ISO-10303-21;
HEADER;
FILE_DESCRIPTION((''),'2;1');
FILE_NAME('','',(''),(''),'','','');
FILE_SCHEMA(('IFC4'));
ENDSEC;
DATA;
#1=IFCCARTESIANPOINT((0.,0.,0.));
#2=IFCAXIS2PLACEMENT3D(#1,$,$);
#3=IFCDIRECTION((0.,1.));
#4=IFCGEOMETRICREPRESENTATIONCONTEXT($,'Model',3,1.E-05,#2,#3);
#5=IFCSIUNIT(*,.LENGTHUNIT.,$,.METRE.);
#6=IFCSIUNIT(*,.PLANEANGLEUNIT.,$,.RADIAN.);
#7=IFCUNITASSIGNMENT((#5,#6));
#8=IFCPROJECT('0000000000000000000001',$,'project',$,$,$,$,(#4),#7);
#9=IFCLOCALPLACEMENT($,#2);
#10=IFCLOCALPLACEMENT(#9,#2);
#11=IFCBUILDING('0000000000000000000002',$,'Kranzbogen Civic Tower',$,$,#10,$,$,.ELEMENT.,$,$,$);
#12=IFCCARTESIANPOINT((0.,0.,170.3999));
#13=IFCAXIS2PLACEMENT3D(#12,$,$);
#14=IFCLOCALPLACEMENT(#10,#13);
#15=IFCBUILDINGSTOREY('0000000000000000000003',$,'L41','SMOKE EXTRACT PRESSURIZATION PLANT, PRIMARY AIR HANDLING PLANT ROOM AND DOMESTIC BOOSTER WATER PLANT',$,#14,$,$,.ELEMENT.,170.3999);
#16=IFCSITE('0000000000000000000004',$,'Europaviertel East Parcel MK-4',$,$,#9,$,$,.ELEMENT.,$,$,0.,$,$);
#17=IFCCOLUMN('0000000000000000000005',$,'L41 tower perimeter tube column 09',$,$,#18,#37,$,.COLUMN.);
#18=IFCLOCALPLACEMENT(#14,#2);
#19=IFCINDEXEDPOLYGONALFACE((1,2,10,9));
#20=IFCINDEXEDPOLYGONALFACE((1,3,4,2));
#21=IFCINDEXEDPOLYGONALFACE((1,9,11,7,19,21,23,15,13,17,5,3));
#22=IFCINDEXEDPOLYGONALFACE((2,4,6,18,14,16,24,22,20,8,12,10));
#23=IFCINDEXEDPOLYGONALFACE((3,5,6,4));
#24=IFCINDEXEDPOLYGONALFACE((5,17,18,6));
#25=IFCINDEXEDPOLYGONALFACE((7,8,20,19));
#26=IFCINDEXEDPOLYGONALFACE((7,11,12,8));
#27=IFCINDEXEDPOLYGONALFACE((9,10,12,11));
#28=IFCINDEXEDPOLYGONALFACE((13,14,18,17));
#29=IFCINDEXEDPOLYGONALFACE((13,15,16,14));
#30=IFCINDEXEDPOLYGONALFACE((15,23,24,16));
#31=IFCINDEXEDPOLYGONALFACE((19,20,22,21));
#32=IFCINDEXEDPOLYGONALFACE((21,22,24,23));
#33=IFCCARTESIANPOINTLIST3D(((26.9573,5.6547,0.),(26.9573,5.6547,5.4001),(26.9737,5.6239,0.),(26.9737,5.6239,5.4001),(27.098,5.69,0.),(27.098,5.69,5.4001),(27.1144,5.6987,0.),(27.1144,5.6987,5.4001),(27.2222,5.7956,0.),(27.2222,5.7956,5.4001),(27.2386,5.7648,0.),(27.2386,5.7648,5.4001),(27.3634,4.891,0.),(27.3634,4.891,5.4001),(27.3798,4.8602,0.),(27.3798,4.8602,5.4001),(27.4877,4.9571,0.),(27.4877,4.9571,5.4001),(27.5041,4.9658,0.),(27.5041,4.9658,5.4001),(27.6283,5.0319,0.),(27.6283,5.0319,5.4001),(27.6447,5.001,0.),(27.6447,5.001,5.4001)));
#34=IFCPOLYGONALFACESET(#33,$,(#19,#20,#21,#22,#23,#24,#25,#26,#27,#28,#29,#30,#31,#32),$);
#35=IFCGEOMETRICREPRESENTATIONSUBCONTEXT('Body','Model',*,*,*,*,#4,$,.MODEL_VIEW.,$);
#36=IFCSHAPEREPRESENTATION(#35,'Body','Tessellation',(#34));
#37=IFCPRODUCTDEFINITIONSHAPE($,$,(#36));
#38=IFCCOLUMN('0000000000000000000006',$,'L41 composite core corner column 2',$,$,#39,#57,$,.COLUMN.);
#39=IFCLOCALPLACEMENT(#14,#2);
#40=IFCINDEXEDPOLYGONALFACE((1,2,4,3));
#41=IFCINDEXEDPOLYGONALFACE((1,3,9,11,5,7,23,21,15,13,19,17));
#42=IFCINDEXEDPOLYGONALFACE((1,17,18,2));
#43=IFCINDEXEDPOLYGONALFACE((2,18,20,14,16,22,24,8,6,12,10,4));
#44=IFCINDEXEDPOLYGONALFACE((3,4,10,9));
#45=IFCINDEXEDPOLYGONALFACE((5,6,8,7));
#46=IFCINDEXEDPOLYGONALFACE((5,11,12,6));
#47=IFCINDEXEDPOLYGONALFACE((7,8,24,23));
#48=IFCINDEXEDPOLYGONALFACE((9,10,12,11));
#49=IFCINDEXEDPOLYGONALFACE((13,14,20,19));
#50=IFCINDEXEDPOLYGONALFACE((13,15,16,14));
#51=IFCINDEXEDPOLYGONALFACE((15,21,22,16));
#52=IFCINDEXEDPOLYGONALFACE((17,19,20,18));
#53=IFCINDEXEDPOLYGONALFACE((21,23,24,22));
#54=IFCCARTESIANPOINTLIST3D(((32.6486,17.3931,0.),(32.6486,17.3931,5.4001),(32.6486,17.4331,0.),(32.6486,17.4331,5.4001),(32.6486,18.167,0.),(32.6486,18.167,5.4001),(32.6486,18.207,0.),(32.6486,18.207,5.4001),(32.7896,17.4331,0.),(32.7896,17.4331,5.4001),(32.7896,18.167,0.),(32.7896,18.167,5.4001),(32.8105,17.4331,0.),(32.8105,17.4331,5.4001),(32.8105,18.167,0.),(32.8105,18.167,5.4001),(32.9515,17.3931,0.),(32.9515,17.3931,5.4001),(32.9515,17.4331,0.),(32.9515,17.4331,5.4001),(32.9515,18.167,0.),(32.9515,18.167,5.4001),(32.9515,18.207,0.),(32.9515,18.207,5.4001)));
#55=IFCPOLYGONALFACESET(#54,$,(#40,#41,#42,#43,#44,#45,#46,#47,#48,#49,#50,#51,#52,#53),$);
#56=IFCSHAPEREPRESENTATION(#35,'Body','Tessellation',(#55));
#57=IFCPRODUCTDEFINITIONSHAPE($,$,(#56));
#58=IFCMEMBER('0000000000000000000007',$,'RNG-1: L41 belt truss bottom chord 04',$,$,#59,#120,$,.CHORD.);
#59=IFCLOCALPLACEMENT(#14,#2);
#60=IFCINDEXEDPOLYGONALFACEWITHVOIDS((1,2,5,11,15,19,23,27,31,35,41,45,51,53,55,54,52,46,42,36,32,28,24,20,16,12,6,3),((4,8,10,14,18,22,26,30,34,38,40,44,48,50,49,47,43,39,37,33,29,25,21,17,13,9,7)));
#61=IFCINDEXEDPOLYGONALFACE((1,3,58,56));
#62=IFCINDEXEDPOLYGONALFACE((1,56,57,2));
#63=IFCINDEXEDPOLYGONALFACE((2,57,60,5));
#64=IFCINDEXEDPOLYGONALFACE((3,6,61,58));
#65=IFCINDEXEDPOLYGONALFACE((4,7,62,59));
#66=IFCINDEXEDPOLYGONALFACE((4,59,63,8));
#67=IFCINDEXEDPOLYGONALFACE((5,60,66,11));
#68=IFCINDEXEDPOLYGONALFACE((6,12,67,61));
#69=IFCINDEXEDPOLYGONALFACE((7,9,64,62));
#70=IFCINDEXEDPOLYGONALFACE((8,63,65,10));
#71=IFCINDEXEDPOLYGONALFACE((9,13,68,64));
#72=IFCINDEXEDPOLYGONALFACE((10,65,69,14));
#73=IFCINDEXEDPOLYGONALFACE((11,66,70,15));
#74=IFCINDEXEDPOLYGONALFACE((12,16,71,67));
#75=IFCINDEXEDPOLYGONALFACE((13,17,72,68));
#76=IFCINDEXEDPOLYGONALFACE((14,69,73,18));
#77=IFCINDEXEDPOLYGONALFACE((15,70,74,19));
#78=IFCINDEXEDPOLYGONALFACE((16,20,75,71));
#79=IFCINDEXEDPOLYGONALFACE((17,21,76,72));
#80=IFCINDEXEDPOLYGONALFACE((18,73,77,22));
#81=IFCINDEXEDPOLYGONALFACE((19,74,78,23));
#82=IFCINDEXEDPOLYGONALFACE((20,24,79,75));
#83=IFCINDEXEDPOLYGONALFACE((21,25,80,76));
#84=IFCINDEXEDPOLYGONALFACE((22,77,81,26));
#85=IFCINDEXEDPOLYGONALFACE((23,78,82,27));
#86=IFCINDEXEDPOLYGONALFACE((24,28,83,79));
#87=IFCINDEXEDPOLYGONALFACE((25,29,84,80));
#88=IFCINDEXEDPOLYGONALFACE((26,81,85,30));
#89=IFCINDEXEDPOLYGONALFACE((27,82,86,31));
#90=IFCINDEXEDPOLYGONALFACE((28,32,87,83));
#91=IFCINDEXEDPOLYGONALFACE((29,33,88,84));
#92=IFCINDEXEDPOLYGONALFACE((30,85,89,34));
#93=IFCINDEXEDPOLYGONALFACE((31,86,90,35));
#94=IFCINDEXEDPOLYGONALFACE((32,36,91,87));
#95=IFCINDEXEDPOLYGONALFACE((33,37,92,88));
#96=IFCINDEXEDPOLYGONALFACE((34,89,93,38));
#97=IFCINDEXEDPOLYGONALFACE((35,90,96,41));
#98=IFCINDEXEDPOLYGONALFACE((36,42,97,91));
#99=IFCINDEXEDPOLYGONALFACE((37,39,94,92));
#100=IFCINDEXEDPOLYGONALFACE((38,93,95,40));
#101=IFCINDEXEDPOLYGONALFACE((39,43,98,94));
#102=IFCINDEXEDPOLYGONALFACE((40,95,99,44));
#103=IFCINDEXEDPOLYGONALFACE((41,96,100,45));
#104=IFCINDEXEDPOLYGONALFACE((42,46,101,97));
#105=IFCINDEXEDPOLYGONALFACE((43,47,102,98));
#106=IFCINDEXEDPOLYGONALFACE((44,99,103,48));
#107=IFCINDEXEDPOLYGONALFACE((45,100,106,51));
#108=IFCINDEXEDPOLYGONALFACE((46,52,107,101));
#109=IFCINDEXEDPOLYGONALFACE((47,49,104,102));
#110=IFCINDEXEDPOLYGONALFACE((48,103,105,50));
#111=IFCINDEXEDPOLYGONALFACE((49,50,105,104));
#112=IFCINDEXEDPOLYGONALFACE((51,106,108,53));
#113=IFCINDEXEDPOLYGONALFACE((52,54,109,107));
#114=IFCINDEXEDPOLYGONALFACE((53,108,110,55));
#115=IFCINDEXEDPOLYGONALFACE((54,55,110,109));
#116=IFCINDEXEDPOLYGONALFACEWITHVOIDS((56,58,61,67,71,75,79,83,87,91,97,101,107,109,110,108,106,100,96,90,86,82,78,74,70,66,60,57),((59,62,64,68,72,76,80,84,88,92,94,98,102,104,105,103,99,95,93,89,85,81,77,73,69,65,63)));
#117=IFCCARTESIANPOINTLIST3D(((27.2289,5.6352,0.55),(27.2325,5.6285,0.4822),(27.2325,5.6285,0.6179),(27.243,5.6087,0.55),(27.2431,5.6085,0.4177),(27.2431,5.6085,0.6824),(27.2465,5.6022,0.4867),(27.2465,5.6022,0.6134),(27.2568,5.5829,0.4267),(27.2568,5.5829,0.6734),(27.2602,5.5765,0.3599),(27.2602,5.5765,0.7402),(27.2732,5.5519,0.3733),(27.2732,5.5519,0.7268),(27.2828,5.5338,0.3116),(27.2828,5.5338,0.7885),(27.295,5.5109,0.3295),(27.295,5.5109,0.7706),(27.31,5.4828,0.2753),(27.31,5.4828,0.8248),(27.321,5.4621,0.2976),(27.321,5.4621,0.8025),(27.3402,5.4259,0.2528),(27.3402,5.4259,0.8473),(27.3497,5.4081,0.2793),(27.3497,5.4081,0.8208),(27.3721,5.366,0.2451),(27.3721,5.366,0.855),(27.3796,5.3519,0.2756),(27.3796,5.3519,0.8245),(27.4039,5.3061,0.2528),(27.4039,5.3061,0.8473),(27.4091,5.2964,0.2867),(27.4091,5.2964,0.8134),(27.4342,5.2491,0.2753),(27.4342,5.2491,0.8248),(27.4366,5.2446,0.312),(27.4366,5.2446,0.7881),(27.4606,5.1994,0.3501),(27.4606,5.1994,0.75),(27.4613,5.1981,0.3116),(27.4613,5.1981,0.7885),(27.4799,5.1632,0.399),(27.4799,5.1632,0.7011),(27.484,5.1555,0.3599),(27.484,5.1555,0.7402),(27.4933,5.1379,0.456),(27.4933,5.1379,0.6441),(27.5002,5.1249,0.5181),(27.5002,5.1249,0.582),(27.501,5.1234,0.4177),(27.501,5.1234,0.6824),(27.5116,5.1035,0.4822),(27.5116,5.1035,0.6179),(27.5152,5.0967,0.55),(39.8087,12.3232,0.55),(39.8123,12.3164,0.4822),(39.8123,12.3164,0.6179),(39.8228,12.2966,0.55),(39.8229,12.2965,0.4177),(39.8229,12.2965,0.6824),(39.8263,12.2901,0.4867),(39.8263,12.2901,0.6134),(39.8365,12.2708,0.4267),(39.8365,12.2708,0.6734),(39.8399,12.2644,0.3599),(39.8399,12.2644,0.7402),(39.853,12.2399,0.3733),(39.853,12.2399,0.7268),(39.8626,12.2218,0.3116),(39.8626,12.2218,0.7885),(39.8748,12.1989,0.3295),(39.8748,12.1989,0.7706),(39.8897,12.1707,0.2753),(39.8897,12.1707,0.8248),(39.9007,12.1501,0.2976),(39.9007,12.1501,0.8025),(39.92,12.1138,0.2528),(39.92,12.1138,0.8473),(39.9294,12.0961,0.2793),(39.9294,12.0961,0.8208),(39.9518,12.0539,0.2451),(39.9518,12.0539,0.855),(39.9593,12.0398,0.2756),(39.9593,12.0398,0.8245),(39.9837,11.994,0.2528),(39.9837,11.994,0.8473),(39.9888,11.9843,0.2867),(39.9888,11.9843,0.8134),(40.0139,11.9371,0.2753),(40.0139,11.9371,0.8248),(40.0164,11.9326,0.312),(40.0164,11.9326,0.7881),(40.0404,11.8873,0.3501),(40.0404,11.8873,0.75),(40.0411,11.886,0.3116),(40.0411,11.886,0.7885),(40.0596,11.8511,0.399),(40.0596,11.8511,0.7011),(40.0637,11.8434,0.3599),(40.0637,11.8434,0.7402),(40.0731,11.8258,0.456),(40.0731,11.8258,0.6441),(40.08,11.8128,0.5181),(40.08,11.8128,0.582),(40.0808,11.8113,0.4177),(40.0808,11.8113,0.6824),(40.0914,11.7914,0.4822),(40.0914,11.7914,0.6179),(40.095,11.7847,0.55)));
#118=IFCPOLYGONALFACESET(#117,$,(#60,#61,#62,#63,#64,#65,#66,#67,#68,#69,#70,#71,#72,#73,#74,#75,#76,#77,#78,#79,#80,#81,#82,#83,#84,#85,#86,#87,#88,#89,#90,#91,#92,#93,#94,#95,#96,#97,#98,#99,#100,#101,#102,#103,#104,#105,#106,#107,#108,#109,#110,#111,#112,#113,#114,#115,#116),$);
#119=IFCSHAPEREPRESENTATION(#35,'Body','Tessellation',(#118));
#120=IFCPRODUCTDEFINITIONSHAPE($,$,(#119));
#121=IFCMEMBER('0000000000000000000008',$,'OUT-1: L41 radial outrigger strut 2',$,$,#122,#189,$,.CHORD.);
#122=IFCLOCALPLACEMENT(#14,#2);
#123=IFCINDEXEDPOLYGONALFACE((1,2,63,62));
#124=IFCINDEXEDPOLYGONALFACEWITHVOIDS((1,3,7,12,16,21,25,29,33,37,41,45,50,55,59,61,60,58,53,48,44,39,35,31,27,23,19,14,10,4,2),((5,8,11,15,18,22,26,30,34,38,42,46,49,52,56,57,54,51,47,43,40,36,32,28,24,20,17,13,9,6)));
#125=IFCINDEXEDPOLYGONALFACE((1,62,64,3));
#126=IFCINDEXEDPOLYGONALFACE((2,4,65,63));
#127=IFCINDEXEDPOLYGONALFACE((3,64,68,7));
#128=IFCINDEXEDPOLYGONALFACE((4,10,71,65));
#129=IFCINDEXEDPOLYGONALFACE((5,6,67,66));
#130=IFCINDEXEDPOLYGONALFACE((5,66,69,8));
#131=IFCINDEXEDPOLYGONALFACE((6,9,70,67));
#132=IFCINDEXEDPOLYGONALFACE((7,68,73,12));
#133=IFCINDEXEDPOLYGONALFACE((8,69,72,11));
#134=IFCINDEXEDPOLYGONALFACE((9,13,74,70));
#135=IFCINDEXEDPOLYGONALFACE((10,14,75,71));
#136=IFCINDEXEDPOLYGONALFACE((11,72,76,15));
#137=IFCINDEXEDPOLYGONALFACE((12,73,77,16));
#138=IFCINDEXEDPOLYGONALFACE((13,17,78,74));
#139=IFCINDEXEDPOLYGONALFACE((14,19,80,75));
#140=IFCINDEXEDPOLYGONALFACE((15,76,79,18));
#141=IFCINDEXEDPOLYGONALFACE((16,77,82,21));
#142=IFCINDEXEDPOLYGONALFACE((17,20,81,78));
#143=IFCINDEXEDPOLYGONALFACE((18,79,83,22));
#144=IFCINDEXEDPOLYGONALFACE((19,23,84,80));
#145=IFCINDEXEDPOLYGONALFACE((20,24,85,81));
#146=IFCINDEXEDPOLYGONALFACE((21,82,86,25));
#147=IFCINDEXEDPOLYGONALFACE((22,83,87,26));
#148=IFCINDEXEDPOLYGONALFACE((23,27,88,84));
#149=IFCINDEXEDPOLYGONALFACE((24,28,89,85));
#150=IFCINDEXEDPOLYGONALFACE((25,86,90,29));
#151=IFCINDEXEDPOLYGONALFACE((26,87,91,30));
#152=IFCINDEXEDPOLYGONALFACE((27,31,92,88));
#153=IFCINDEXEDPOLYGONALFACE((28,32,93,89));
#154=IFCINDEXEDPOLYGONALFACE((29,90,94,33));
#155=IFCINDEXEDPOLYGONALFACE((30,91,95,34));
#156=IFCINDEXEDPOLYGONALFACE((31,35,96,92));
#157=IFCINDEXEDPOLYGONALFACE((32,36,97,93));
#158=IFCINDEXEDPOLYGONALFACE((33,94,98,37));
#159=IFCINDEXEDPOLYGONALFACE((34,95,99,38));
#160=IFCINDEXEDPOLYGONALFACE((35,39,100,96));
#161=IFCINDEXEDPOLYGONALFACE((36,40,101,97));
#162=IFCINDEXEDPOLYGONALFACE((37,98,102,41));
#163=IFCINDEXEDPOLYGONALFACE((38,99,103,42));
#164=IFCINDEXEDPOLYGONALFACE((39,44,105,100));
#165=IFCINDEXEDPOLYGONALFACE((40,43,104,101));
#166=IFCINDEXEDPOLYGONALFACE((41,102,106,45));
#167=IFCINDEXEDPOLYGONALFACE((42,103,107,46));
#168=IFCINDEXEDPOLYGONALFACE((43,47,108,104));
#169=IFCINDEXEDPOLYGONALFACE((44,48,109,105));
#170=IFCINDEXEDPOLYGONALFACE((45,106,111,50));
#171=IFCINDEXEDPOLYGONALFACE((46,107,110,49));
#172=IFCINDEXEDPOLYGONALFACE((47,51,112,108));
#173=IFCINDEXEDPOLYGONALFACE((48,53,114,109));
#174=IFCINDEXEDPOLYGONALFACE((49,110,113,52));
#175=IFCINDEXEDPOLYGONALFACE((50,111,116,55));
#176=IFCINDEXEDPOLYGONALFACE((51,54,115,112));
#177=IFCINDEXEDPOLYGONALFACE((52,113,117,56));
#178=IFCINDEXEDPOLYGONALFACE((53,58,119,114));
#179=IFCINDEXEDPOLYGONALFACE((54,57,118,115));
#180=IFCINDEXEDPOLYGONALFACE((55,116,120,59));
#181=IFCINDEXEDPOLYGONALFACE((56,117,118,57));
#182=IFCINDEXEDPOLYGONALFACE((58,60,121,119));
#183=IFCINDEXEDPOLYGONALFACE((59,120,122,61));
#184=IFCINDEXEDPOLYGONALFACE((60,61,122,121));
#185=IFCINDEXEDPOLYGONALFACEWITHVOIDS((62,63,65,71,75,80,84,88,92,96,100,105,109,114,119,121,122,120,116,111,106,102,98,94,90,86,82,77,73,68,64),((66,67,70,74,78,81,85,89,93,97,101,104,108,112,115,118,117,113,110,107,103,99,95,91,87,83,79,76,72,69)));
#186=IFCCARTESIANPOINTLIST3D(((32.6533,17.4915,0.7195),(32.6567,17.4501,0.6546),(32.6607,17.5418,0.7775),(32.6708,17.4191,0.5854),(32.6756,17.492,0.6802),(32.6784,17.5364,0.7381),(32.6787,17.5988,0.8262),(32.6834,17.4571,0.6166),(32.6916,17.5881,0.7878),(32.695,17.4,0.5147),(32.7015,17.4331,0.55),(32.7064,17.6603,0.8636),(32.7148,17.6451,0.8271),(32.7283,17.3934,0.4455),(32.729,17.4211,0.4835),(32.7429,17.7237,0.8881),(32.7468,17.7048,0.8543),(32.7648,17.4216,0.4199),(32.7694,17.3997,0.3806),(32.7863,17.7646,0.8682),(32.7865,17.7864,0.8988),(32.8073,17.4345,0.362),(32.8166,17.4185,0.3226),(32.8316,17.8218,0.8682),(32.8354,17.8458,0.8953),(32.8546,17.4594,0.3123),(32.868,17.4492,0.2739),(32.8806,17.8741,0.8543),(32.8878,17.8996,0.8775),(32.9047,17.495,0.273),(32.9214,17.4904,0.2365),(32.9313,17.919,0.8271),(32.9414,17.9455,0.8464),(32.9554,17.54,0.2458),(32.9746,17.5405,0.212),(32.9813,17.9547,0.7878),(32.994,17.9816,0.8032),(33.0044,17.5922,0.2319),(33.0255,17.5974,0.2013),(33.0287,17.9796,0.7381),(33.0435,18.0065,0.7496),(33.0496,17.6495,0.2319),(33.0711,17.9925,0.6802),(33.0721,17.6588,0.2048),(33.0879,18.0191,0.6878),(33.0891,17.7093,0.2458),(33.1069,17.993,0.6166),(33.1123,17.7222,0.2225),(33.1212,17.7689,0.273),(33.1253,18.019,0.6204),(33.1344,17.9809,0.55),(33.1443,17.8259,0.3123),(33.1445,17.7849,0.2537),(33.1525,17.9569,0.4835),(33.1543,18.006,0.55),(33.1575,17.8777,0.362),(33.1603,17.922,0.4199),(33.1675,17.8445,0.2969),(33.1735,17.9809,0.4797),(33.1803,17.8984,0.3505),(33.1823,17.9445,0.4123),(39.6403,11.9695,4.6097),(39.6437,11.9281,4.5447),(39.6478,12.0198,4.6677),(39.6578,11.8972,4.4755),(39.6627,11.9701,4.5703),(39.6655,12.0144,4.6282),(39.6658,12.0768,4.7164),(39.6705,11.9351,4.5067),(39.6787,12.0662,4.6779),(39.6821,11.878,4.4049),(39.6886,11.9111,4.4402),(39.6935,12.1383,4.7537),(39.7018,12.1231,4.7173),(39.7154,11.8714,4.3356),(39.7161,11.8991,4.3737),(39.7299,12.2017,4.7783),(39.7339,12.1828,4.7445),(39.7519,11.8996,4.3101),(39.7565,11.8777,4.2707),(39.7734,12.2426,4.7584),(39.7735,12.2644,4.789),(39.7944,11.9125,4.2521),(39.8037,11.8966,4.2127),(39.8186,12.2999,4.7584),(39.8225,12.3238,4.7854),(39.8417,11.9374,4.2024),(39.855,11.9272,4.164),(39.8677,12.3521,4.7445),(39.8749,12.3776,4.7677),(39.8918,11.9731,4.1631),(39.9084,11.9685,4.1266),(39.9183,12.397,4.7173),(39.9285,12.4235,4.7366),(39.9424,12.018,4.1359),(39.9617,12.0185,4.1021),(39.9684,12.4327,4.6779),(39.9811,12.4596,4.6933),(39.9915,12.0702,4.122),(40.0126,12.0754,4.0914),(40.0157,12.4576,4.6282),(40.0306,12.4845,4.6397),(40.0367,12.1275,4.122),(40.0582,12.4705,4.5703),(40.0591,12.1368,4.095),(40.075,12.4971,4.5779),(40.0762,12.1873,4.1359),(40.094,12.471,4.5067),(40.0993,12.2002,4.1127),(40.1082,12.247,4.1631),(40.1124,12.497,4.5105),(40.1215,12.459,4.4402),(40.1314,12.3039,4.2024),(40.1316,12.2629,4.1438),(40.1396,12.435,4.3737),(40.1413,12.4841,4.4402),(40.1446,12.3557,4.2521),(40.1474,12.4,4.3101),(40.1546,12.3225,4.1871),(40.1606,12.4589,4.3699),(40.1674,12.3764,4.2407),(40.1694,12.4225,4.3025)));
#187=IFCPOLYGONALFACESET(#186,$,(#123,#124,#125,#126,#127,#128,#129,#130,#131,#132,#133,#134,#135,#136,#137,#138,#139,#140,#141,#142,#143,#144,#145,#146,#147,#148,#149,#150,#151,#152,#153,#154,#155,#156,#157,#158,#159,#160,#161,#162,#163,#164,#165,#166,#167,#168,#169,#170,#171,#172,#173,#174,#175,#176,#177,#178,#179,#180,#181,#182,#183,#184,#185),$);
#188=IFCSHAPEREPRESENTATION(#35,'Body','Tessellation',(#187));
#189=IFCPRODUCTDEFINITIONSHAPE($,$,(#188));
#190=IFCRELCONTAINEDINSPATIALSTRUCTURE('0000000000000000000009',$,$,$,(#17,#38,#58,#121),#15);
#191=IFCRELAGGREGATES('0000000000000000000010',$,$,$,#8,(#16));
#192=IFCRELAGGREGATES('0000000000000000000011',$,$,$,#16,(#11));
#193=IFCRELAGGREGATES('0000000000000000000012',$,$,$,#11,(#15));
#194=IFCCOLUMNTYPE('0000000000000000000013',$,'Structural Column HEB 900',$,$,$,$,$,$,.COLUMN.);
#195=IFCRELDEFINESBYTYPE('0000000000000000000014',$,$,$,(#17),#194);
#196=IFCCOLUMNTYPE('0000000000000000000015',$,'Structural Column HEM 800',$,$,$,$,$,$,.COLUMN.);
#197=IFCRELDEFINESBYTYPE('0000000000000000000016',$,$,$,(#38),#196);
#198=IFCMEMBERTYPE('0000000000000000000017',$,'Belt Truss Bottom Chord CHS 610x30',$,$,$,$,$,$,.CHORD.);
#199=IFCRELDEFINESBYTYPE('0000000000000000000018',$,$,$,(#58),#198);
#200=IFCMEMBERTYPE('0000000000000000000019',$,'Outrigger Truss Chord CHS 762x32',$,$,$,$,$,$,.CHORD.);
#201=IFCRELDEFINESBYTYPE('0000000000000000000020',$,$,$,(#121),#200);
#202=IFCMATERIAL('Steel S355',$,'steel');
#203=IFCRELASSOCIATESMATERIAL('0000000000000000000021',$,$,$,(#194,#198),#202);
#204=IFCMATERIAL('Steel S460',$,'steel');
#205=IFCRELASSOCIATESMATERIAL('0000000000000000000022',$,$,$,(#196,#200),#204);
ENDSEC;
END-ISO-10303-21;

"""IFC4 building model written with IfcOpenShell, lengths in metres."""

from ifc_helpers import new_model, si_unit, direction, frame, origin, origin_2d, place, context, subcontext, project, spatial, hollow_circle, i_section, extrude, material, material_profile, profile_set, type_object, element, save


model = new_model("IFC4")

# Units and contexts
model_context = context("Model", 3, precision=1e-05, world=origin(), true_north=direction((0.0, 1.0)))
body_context = subcontext(model_context, "Body", "Model", "MODEL_VIEW")
ifc_project = project(units=[si_unit("LENGTHUNIT", "METRE"), si_unit("PLANEANGLEUNIT", "RADIAN")], contexts=[model_context])

# Site, building, storey
site_placement = place(None, origin())
site = spatial("IfcSite", under=ifc_project, at=site_placement, Name="Europaviertel East Parcel MK-4", CompositionType="ELEMENT", RefElevation=0.0)
building_placement = place(site_placement, origin())
building = spatial("IfcBuilding", under=site, at=building_placement, Name="Kranzbogen Civic Tower", CompositionType="ELEMENT")
storey_placement = place(building_placement, frame((0.0, 0.0, 170.3999)))
storey = spatial("IfcBuildingStorey", under=building, at=storey_placement, Name="L41", Description="SMOKE EXTRACT PRESSURIZATION PLANT, PRIMARY AIR HANDLING PLANT ROOM AND DOMESTIC BOOSTER WATER PLANT", CompositionType="ELEMENT", Elevation=170.3999)

# Columns
ifc_material_1 = material(Name="Steel S355", Category="steel")
ifc_material_profile_1 = material_profile(ifc_material_1, i_section(OverallWidth=0.3, OverallDepth=0.8999, WebThickness=0.0186, FlangeThickness=0.0349, at=origin_2d()), Name="HEB 900")
ifc_profile_set_1 = profile_set([ifc_material_profile_1], Name="Steel S355")
column_type_1 = type_object("IfcColumnType", Name="Structural Column HEB 900", PredefinedType="COLUMN", material=ifc_profile_set_1)
column_1_placement = place(storey_placement, frame((27.301, 5.3279, 0.0), z_axis=(0.0, 0.0, 1.0), x_axis=(0.882948, 0.469472, 0.0)))
element("IfcColumn", 1, at=column_1_placement, inside=storey, type_object=column_type_1, Name="L41 tower perimeter tube column 09", PredefinedType="COLUMN", context=body_context, shape_type="SweptSolid", body=[
    extrude(i_section(OverallWidth=0.3, OverallDepth=0.8999, WebThickness=0.0186, FlangeThickness=0.0349, at=origin_2d()), origin(), (0.0, 0.0, 1.0), 5.4001),
])
ifc_material_2 = material(Name="Steel S460", Category="steel")
ifc_material_profile_2 = material_profile(ifc_material_2, i_section(OverallWidth=0.303, OverallDepth=0.814, WebThickness=0.021, FlangeThickness=0.04, at=origin_2d()), Name="HEM 800")
ifc_profile_set_2 = profile_set([ifc_material_profile_2], Name="Steel S460")
column_type_2 = type_object("IfcColumnType", Name="Structural Column HEM 800", PredefinedType="COLUMN", material=ifc_profile_set_2)
column_2_placement = place(storey_placement, frame((32.8, 17.8, 0.0), z_axis=(0.0, 0.0, 1.0), x_axis=(1.0, 0.0, 0.0)))
element("IfcColumn", 2, at=column_2_placement, inside=storey, type_object=column_type_2, Name="L41 composite core corner column 2", PredefinedType="COLUMN", context=body_context, shape_type="SweptSolid", body=[
    extrude(i_section(OverallWidth=0.303, OverallDepth=0.814, WebThickness=0.021, FlangeThickness=0.04, at=origin_2d()), origin(), (0.0, 0.0, 1.0), 5.4001),
])

# Members
ifc_material_profile_3 = material_profile(ifc_material_1, hollow_circle(Radius=0.3049, WallThickness=0.03, at=origin_2d()), Name="CHS 610x30")
ifc_profile_set_3 = profile_set([ifc_material_profile_3], Name="Steel S355")
member_type_1 = type_object("IfcMemberType", Name="Belt Truss Bottom Chord CHS 610x30", PredefinedType="CHORD", material=ifc_profile_set_3)
member_1_placement = place(storey_placement, frame((27.3721, 5.366, 0.55), z_axis=(0.882972, 0.469426, 0.0), x_axis=(-0.469426, 0.882972, 0.0)))
element("IfcMember", 3, at=member_1_placement, inside=storey, type_object=member_type_1, Name="RNG-1: L41 belt truss bottom chord 04", PredefinedType="CHORD", context=body_context, shape_type="SweptSolid", body=[
    extrude(hollow_circle(Radius=0.3049, WallThickness=0.03, at=origin_2d()), origin(), (0.0, 0.0, 1.0), 14.2471),
])
ifc_material_profile_4 = material_profile(ifc_material_2, hollow_circle(Radius=0.3811, WallThickness=0.032, at=origin_2d()), Name="CHS 762x32")
ifc_profile_set_4 = profile_set([ifc_material_profile_4], Name="Steel S460")
member_type_2 = type_object("IfcMemberType", Name="Outrigger Truss Chord CHS 762x32", PredefinedType="CHORD", material=ifc_profile_set_4)
member_2_placement = place(storey_placement, frame((32.918, 17.707, 0.55), z_axis=(0.718963, -0.568207, 0.400292), x_axis=(0.62005, 0.784562, 0.0)))
element("IfcMember", 4, at=member_2_placement, inside=storey, type_object=member_type_2, Name="OUT-1: L41 radial outrigger strut 2", PredefinedType="CHORD", context=body_context, shape_type="SweptSolid", body=[
    extrude(hollow_circle(Radius=0.3811, WallThickness=0.032, at=origin_2d()), origin(), (0.0, 0.0, 1.0), 9.7183),
])

save(model, "model.ifc")
